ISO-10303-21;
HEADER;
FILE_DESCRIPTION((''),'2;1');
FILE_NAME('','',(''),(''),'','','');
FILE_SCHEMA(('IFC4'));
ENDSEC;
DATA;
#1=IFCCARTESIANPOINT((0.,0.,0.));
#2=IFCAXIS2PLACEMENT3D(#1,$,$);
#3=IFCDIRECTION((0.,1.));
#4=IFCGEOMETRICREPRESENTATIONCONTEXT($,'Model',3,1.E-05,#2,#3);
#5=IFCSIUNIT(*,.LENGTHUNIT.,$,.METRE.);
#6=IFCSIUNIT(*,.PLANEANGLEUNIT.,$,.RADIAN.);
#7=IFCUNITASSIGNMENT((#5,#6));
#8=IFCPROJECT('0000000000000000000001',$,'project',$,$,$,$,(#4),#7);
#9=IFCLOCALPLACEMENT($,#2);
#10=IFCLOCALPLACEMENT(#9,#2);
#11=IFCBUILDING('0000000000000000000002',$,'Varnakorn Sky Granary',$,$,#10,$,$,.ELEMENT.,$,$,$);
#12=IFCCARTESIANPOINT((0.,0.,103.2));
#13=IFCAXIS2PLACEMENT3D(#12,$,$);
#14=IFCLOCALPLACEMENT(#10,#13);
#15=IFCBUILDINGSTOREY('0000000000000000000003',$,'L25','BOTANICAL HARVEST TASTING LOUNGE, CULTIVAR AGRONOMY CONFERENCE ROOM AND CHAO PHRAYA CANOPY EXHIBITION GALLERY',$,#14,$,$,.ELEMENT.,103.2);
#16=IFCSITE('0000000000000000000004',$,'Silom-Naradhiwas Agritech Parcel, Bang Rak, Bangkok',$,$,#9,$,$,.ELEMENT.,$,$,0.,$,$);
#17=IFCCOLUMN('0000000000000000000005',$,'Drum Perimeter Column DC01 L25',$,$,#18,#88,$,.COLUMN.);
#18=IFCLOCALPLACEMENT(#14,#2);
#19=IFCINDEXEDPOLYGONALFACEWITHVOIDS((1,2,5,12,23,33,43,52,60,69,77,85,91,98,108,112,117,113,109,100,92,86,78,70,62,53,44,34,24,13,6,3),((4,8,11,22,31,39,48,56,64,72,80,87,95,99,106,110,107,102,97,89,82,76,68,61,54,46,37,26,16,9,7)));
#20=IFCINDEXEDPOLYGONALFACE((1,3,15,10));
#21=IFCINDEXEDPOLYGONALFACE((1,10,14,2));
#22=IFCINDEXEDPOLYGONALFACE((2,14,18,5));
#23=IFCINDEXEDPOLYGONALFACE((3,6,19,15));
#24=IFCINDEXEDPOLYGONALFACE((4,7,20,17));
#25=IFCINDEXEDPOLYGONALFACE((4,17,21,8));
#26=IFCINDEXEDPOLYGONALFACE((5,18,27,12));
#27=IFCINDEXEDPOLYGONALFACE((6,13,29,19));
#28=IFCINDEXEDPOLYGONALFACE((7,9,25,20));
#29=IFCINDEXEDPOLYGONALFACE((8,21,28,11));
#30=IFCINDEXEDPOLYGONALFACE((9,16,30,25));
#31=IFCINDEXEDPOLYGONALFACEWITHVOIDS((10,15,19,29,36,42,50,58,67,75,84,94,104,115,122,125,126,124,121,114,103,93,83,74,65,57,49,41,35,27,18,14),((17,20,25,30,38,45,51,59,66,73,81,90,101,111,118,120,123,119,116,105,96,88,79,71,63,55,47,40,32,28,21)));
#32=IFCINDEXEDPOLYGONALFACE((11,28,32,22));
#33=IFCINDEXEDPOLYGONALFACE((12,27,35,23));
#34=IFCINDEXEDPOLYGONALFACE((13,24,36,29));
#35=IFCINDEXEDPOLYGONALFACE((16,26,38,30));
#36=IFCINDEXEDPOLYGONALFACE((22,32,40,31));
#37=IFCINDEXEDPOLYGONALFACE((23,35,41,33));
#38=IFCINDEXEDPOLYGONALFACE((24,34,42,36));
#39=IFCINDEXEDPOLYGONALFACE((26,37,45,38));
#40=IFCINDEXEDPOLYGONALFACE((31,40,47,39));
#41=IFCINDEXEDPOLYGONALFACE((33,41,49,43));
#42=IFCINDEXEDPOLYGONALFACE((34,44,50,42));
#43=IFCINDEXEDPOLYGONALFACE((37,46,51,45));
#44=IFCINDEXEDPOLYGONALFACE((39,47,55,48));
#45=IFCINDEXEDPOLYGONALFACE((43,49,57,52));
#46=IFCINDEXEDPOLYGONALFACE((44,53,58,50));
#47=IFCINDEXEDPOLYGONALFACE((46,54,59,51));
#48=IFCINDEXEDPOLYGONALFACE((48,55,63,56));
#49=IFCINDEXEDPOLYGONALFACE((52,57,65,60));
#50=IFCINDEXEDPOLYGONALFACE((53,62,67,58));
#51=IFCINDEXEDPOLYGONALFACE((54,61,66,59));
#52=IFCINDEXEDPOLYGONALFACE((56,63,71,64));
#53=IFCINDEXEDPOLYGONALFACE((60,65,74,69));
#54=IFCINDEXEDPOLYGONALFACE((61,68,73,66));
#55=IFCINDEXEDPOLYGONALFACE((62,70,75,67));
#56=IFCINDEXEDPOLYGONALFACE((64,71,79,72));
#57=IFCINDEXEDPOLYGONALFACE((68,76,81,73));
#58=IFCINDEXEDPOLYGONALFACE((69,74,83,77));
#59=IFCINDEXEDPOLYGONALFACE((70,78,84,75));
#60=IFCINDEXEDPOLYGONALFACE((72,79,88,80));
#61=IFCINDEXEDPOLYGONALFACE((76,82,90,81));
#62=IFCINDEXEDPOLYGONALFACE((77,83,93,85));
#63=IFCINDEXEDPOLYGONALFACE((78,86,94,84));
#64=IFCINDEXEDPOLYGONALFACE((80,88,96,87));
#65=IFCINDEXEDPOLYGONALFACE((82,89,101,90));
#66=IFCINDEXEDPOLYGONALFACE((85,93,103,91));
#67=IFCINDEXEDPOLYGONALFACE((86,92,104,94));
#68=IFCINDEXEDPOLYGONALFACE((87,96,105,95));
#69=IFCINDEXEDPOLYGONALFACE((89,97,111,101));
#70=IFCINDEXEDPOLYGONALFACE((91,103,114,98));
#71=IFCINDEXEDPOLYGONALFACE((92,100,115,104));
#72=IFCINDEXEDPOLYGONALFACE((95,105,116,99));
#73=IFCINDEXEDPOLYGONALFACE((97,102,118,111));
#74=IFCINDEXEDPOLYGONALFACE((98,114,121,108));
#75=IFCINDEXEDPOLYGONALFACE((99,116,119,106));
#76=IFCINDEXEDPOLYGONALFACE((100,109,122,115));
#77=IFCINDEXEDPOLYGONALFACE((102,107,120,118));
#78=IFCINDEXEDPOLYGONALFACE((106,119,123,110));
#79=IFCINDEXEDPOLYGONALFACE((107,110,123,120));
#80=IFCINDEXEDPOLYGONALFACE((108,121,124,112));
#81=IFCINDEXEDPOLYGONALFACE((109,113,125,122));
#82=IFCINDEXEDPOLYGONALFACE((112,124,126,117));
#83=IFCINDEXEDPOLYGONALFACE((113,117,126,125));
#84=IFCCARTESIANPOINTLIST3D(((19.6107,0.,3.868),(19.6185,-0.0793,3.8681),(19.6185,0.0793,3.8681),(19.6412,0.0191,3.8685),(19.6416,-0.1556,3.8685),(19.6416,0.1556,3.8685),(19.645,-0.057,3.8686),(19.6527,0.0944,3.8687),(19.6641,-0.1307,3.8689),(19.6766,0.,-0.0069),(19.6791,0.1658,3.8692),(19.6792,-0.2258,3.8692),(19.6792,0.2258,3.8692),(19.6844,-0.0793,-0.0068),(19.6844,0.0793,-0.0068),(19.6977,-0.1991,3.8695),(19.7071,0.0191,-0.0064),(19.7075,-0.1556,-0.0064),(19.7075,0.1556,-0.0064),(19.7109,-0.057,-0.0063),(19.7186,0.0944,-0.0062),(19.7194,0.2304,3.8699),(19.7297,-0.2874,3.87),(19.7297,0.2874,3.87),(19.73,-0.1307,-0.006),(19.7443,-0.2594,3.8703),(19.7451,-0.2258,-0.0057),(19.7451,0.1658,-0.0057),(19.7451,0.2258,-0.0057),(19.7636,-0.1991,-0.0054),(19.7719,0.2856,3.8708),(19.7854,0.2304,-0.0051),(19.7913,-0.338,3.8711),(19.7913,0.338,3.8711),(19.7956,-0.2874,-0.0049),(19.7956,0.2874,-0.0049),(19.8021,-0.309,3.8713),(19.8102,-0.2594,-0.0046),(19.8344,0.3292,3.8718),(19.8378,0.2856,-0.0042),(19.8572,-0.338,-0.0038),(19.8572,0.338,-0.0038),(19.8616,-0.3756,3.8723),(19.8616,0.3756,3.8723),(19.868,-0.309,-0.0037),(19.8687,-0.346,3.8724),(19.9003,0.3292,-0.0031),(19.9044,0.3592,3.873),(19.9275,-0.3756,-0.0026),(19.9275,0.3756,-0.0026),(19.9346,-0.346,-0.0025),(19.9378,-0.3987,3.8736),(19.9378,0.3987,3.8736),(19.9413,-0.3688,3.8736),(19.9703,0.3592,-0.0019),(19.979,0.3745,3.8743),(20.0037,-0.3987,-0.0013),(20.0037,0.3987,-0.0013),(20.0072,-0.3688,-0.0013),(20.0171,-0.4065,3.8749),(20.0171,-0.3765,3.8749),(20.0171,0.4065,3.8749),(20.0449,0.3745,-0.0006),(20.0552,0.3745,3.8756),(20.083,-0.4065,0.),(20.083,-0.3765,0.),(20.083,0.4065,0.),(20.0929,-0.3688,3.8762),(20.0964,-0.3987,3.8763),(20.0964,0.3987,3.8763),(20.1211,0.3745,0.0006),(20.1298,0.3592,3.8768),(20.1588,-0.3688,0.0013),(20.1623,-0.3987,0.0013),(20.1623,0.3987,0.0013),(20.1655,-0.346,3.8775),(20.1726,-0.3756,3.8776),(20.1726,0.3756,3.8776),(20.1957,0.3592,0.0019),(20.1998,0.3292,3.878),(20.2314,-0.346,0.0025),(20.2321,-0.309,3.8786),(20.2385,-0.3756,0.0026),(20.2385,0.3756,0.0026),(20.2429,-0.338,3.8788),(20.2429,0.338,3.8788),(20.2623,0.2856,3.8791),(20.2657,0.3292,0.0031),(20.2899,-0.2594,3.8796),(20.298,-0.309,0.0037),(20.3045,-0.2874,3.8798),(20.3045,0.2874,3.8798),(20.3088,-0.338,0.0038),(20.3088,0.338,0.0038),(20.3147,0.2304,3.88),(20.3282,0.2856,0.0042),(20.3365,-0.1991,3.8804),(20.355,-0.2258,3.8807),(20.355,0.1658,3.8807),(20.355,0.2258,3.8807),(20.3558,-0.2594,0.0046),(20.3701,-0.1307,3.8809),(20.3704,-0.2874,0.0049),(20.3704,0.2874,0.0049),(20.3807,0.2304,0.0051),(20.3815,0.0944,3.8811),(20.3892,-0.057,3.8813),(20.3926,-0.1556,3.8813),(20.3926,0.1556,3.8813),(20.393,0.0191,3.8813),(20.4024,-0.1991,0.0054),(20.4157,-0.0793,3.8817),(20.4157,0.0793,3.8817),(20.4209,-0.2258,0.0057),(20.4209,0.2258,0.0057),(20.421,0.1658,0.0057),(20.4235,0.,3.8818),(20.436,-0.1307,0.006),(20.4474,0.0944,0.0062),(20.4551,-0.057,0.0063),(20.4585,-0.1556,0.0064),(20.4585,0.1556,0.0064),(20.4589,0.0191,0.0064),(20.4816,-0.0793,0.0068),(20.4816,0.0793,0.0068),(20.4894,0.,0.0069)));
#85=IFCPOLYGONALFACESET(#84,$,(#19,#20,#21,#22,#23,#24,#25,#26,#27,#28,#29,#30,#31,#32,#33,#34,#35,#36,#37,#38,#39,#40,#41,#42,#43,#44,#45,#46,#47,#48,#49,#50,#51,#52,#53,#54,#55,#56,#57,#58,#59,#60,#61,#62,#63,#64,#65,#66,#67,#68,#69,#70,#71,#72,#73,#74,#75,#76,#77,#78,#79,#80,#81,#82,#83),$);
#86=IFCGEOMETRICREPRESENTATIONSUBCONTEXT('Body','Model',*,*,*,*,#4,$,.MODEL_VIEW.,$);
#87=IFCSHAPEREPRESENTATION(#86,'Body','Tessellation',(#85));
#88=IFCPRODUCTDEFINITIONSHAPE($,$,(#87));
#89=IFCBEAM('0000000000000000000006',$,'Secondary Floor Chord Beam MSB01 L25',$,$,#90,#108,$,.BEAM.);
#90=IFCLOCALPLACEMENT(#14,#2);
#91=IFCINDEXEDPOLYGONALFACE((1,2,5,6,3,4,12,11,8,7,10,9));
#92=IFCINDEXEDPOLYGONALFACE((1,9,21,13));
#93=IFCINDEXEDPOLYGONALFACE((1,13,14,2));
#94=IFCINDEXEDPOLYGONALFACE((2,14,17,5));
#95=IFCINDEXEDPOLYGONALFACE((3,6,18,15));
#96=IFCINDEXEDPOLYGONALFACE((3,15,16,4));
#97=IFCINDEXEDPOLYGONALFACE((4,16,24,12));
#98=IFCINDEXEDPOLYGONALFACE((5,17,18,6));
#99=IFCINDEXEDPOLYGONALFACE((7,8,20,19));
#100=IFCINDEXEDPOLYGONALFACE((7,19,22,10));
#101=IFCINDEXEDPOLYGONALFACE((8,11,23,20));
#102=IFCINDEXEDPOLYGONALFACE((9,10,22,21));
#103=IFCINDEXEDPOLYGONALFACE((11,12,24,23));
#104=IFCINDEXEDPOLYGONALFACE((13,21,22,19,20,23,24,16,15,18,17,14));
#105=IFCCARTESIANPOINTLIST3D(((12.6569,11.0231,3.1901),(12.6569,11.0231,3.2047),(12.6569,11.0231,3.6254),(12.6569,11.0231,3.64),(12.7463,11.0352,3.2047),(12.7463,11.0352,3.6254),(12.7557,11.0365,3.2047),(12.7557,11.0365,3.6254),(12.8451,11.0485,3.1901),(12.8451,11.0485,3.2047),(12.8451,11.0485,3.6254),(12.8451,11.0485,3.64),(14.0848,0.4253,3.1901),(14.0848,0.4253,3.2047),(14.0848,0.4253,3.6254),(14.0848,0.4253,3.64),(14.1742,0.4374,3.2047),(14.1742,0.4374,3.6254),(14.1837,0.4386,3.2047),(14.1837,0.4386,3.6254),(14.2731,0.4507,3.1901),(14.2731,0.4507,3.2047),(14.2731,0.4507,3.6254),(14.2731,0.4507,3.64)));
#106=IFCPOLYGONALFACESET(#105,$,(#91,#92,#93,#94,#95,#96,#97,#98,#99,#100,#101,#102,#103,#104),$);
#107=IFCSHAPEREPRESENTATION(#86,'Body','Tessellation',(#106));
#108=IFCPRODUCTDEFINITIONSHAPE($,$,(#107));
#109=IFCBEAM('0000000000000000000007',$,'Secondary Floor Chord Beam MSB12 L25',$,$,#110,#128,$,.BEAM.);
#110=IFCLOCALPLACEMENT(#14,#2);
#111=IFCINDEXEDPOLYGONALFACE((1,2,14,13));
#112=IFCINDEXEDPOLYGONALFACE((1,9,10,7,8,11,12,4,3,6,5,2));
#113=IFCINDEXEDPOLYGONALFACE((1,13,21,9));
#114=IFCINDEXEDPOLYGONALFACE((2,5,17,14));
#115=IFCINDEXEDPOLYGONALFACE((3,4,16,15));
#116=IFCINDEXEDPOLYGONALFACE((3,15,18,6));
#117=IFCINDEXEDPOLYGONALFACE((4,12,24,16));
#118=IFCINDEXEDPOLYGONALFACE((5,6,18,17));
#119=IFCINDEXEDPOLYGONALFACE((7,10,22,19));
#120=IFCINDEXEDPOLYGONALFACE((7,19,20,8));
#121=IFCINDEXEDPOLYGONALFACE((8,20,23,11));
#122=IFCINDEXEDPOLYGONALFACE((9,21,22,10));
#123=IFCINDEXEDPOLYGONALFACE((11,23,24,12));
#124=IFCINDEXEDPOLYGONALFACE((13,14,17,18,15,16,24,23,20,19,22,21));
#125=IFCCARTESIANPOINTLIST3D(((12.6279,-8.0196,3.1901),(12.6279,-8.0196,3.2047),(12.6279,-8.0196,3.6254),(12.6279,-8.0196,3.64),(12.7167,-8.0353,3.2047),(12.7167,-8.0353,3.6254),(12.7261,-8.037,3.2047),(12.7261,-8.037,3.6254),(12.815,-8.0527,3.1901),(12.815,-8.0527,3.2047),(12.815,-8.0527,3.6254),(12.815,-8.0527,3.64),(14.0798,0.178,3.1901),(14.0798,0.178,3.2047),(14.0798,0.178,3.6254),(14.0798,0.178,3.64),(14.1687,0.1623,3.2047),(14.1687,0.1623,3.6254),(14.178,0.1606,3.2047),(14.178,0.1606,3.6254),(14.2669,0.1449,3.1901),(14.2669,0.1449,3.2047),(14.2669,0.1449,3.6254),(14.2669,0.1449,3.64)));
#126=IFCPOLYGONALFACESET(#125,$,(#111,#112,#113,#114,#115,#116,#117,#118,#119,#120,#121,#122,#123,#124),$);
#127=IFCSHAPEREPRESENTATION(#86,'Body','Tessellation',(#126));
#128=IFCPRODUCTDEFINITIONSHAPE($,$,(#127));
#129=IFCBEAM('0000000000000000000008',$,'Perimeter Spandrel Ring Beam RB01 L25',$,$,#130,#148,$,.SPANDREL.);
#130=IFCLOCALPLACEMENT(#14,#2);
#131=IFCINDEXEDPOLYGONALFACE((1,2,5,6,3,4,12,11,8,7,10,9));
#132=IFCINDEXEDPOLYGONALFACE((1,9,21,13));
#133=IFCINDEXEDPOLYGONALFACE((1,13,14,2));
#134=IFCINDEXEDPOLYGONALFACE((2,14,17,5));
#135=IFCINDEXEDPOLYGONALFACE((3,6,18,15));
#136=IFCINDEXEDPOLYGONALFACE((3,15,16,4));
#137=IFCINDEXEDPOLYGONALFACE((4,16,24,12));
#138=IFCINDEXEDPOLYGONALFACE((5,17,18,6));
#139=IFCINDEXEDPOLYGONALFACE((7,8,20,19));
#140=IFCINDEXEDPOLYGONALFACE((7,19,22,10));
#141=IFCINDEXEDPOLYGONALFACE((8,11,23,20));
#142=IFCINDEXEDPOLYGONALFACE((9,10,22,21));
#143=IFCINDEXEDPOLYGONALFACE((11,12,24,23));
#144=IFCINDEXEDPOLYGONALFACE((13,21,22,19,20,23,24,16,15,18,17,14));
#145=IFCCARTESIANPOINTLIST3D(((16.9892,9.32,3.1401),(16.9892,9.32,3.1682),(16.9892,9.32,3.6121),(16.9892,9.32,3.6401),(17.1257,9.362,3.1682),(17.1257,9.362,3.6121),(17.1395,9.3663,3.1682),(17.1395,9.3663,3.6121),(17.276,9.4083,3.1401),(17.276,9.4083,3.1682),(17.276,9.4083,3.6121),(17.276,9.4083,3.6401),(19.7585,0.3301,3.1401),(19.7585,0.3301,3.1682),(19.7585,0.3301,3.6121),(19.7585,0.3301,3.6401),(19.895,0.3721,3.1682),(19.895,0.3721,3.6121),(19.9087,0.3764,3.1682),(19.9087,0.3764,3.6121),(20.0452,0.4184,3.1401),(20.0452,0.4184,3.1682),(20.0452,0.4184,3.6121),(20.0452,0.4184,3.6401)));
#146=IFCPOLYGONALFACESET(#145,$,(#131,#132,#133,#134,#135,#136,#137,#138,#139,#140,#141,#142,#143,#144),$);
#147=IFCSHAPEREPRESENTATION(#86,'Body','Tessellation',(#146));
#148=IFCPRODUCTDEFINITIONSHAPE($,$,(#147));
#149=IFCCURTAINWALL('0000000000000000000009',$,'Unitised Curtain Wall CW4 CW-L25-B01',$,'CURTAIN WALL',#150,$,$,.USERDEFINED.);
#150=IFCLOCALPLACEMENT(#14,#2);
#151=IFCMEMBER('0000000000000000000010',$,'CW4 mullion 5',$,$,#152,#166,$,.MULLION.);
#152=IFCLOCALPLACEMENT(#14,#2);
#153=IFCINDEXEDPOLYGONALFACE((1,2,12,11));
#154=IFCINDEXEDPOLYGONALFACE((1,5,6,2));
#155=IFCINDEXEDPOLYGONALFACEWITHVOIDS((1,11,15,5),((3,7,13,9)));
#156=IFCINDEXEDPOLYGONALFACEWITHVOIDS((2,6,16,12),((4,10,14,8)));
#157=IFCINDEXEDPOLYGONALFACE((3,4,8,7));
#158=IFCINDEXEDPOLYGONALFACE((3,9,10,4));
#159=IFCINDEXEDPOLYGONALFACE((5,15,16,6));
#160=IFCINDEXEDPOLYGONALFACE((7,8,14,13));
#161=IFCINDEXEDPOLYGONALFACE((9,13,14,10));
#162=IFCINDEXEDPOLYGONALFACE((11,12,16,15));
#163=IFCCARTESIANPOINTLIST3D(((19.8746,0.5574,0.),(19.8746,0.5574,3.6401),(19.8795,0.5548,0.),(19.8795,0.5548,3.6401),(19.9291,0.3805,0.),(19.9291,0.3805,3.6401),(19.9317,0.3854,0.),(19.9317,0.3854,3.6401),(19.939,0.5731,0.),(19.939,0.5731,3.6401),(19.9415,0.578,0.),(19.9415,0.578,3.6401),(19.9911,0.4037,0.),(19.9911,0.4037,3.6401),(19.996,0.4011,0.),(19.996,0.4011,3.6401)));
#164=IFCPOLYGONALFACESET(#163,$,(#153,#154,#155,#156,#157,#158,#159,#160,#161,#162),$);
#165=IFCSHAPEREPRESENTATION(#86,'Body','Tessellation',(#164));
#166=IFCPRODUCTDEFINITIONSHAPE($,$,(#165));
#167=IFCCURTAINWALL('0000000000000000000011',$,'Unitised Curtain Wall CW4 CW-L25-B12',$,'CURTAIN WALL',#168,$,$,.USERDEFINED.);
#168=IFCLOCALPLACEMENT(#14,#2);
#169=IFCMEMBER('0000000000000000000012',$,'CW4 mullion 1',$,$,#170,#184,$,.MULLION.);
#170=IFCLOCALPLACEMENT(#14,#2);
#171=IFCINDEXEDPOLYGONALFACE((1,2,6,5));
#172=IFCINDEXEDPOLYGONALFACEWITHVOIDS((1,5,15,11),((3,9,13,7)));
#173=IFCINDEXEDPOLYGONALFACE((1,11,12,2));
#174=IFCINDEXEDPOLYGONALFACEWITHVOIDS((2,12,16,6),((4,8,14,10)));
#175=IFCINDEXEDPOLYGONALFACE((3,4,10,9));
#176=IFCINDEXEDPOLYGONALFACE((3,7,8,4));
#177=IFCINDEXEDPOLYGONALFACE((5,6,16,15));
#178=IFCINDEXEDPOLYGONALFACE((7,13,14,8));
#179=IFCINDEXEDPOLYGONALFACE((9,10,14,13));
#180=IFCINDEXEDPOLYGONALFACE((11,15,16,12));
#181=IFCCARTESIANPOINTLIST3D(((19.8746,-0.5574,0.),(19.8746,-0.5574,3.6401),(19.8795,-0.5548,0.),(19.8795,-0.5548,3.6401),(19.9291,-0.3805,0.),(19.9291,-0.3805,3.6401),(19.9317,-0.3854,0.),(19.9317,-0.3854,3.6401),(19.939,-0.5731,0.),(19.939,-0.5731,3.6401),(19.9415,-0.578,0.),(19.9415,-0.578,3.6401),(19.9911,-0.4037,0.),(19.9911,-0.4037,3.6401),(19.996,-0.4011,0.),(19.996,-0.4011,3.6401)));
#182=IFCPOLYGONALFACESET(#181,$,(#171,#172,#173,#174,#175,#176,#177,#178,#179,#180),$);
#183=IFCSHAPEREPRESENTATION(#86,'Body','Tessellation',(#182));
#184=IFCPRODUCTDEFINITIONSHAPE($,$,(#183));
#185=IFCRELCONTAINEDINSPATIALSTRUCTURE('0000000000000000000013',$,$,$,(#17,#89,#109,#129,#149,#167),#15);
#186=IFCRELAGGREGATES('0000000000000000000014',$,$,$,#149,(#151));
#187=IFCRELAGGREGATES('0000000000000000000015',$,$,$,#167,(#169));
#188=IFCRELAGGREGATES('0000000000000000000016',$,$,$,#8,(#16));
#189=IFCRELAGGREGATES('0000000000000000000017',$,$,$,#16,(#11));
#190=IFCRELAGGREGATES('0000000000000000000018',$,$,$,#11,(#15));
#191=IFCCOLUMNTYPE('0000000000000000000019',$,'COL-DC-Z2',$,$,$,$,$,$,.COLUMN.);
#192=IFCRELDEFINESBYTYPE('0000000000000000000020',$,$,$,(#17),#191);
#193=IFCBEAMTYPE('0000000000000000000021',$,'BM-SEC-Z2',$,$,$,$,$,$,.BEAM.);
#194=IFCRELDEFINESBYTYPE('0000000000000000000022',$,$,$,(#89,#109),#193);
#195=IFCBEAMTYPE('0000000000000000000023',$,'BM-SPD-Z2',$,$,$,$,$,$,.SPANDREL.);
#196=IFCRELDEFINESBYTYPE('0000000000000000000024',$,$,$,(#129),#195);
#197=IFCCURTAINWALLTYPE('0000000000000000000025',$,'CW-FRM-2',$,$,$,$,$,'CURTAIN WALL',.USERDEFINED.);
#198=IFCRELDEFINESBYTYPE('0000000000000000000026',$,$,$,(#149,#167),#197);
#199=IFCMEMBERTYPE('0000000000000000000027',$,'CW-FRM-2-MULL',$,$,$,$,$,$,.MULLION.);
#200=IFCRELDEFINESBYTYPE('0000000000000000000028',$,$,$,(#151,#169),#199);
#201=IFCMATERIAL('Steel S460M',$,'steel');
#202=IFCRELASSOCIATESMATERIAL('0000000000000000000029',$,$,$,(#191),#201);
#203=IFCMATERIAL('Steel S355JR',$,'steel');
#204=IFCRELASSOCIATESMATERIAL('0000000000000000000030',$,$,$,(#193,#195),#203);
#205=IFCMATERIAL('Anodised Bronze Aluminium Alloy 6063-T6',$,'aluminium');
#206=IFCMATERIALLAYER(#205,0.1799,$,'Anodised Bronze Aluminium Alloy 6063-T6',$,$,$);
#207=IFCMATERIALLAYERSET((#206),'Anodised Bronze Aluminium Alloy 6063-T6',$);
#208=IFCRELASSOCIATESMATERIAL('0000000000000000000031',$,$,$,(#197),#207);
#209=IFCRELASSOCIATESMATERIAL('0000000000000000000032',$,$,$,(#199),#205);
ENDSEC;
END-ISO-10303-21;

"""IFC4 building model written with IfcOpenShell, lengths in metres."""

from ifc_helpers import new_model, si_unit, direction, frame, origin, origin_2d, place, context, subcontext, project, spatial, hollow_rectangle, hollow_circle, i_section, extrude, material, layer, layer_set, material_profile, profile_set, type_object, element, aggregate, save


model = new_model("IFC4")

# Units and contexts
model_context = context("Model", 3, precision=1e-05, world=origin(), true_north=direction((0.0, 1.0)))
body_context = subcontext(model_context, "Body", "Model", "MODEL_VIEW")
ifc_project = project(units=[si_unit("LENGTHUNIT", "METRE"), si_unit("PLANEANGLEUNIT", "RADIAN")], contexts=[model_context])

# Site, building, storey
site_placement = place(None, origin())
site = spatial("IfcSite", under=ifc_project, at=site_placement, Name="Silom-Naradhiwas Agritech Parcel, Bang Rak, Bangkok", CompositionType="ELEMENT", RefElevation=0.0)
building_placement = place(site_placement, origin())
building = spatial("IfcBuilding", under=site, at=building_placement, Name="Varnakorn Sky Granary", CompositionType="ELEMENT")
storey_placement = place(building_placement, frame((0.0, 0.0, 103.2)))
storey = spatial("IfcBuildingStorey", under=building, at=storey_placement, Name="L25", Description="BOTANICAL HARVEST TASTING LOUNGE, CULTIVAR AGRONOMY CONFERENCE ROOM AND CHAO PHRAYA CANOPY EXHIBITION GALLERY", CompositionType="ELEMENT", Elevation=103.2)

# Column
ifc_material_1 = material(Name="Steel S460M", Category="steel")
ifc_material_profile_1 = material_profile(ifc_material_1, hollow_circle(Radius=0.4065, WallThickness=0.03, at=origin_2d()), Name="CHS 813x30")
ifc_profile_set_1 = profile_set([ifc_material_profile_1], Name="Steel S460M")
column_type = type_object("IfcColumnType", Name="COL-DC-Z2", PredefinedType="COLUMN", material=ifc_profile_set_1)
column_placement = place(storey_placement, frame((20.083, 0.0, 0.0), z_axis=(-0.017009, 0.0, 0.999855), x_axis=(0.0, -1.0, 0.0)))
element("IfcColumn", 1, at=column_placement, inside=storey, type_object=column_type, Name="Drum Perimeter Column DC01 L25", PredefinedType="COLUMN", context=body_context, shape_type="SweptSolid", body=[
    extrude(hollow_circle(Radius=0.4065, WallThickness=0.03, at=origin_2d()), origin(), (0.0, 0.0, 1.0), 3.8755),
])

# Beams
ifc_material_2 = material(Name="Steel S355JR", Category="steel")
ifc_material_profile_2 = material_profile(ifc_material_2, i_section(OverallWidth=0.1899, OverallDepth=0.45, WebThickness=0.0095, FlangeThickness=0.0146, at=origin_2d()), Name="IPE 450")
ifc_profile_set_2 = profile_set([ifc_material_profile_2], Name="Steel S355JR")
beam_type_1 = type_object("IfcBeamType", Name="BM-SEC-Z2", PredefinedType="BEAM", material=ifc_profile_set_2)
beam_1_placement = place(storey_placement, frame((14.179, 0.438, 3.415), z_axis=(-0.133535, 0.991044, 0.0), x_axis=(-0.991044, -0.133535, 0.0)))
element("IfcBeam", 2, at=beam_1_placement, inside=storey, type_object=beam_type_1, Name="Secondary Floor Chord Beam MSB01 L25", PredefinedType="BEAM", context=body_context, shape_type="SweptSolid", body=[
    extrude(i_section(OverallWidth=0.1899, OverallDepth=0.45, WebThickness=0.0095, FlangeThickness=0.0146, at=origin_2d()), origin(), (0.0, 0.0, 1.0), 10.6936),
])
beam_2_placement = place(storey_placement, frame((12.7214, -8.0361, 3.415), z_axis=(0.174401, 0.984675, 0.0), x_axis=(-0.984675, 0.174401, 0.0)))
element("IfcBeam", 3, at=beam_2_placement, inside=storey, type_object=beam_type_1, Name="Secondary Floor Chord Beam MSB12 L25", PredefinedType="BEAM", context=body_context, shape_type="SweptSolid", body=[
    extrude(i_section(OverallWidth=0.1899, OverallDepth=0.45, WebThickness=0.0095, FlangeThickness=0.0146, at=origin_2d()), origin(), (0.0, 0.0, 1.0), 8.3252),
])
ifc_material_profile_3 = material_profile(ifc_material_2, i_section(OverallWidth=0.3, OverallDepth=0.5, WebThickness=0.0144, FlangeThickness=0.0281, at=origin_2d()), Name="HE 500 B")
ifc_profile_set_3 = profile_set([ifc_material_profile_3], Name="Steel S355JR")
beam_type_2 = type_object("IfcBeamType", Name="BM-SPD-Z2", PredefinedType="SPANDREL", material=ifc_profile_set_3)
beam_3_placement = place(storey_placement, frame((19.9019, 0.3743, 3.3901), z_axis=(-0.29439, 0.955685, 0.0), x_axis=(-0.955685, -0.29439, 0.0)))
element("IfcBeam", 4, at=beam_3_placement, inside=storey, type_object=beam_type_2, Name="Perimeter Spandrel Ring Beam RB01 L25", PredefinedType="SPANDREL", context=body_context, shape_type="SweptSolid", body=[
    extrude(i_section(OverallWidth=0.3, OverallDepth=0.5, WebThickness=0.0144, FlangeThickness=0.0281, at=origin_2d()), origin(), (0.0, 0.0, 1.0), 9.4067),
])

# Curtain wall, member
ifc_material_3 = material(Name="Anodised Bronze Aluminium Alloy 6063-T6", Category="aluminium")
ifc_layer_1 = layer(ifc_material_3, 0.1799, Name="Anodised Bronze Aluminium Alloy 6063-T6")
ifc_layer_set_1 = layer_set([ifc_layer_1], Name="Anodised Bronze Aluminium Alloy 6063-T6")
curtain_wall_type = type_object("IfcCurtainWallType", Name="CW-FRM-2", ElementType="CURTAIN WALL", PredefinedType="USERDEFINED", material=ifc_layer_set_1)
curtain_wall_1_placement = place(storey_placement, origin())
curtain_wall_1 = element("IfcCurtainWall", 5, at=curtain_wall_1_placement, inside=storey, type_object=curtain_wall_type, Name="Unitised Curtain Wall CW4 CW-L25-B01", ObjectType="CURTAIN WALL", PredefinedType="USERDEFINED")
ifc_material_profile_4 = material_profile(ifc_material_3, hollow_rectangle(XDim=0.0701, YDim=0.1851, WallThickness=0.0039, at=origin_2d()), Name="ALU MULL 70x185")
ifc_profile_set_4 = profile_set([ifc_material_profile_4], Name="Anodised Bronze Aluminium Alloy 6063-T6")
member_type_1 = type_object("IfcMemberType", Name="CW-FRM-2-MULL", PredefinedType="MULLION", material=ifc_profile_set_4)
member_1_placement = place(storey_placement, frame((19.9353, 0.4792, 0.0), z_axis=(0.0, 0.0, 1.0), x_axis=(0.955652, 0.294498, 0.0)))
member_1 = element("IfcMember", 6, at=member_1_placement, type_object=member_type_1, Name="CW4 mullion 5", PredefinedType="MULLION", context=body_context, shape_type="SweptSolid", body=[
    extrude(hollow_rectangle(XDim=0.0701, YDim=0.1851, WallThickness=0.0039, at=origin_2d()), origin(), (0.0, 0.0, 1.0), 3.6401),
])
aggregate(curtain_wall_1, [member_1])

# Curtain wall, member
curtain_wall_2_placement = place(storey_placement, origin())
curtain_wall_2 = element("IfcCurtainWall", 7, at=curtain_wall_2_placement, inside=storey, type_object=curtain_wall_type, Name="Unitised Curtain Wall CW4 CW-L25-B12", ObjectType="CURTAIN WALL", PredefinedType="USERDEFINED")
member_2_placement = place(storey_placement, frame((19.9353, -0.4792, 0.0), z_axis=(0.0, 0.0, 1.0), x_axis=(0.955652, -0.294498, 0.0)))
member_2 = element("IfcMember", 8, at=member_2_placement, type_object=member_type_1, Name="CW4 mullion 1", PredefinedType="MULLION", context=body_context, shape_type="SweptSolid", body=[
    extrude(hollow_rectangle(XDim=0.0701, YDim=0.1851, WallThickness=0.0039, at=origin_2d()), origin(), (0.0, 0.0, 1.0), 3.6401),
])

aggregate(curtain_wall_2, [member_2])

save(model, "model.ifc")
